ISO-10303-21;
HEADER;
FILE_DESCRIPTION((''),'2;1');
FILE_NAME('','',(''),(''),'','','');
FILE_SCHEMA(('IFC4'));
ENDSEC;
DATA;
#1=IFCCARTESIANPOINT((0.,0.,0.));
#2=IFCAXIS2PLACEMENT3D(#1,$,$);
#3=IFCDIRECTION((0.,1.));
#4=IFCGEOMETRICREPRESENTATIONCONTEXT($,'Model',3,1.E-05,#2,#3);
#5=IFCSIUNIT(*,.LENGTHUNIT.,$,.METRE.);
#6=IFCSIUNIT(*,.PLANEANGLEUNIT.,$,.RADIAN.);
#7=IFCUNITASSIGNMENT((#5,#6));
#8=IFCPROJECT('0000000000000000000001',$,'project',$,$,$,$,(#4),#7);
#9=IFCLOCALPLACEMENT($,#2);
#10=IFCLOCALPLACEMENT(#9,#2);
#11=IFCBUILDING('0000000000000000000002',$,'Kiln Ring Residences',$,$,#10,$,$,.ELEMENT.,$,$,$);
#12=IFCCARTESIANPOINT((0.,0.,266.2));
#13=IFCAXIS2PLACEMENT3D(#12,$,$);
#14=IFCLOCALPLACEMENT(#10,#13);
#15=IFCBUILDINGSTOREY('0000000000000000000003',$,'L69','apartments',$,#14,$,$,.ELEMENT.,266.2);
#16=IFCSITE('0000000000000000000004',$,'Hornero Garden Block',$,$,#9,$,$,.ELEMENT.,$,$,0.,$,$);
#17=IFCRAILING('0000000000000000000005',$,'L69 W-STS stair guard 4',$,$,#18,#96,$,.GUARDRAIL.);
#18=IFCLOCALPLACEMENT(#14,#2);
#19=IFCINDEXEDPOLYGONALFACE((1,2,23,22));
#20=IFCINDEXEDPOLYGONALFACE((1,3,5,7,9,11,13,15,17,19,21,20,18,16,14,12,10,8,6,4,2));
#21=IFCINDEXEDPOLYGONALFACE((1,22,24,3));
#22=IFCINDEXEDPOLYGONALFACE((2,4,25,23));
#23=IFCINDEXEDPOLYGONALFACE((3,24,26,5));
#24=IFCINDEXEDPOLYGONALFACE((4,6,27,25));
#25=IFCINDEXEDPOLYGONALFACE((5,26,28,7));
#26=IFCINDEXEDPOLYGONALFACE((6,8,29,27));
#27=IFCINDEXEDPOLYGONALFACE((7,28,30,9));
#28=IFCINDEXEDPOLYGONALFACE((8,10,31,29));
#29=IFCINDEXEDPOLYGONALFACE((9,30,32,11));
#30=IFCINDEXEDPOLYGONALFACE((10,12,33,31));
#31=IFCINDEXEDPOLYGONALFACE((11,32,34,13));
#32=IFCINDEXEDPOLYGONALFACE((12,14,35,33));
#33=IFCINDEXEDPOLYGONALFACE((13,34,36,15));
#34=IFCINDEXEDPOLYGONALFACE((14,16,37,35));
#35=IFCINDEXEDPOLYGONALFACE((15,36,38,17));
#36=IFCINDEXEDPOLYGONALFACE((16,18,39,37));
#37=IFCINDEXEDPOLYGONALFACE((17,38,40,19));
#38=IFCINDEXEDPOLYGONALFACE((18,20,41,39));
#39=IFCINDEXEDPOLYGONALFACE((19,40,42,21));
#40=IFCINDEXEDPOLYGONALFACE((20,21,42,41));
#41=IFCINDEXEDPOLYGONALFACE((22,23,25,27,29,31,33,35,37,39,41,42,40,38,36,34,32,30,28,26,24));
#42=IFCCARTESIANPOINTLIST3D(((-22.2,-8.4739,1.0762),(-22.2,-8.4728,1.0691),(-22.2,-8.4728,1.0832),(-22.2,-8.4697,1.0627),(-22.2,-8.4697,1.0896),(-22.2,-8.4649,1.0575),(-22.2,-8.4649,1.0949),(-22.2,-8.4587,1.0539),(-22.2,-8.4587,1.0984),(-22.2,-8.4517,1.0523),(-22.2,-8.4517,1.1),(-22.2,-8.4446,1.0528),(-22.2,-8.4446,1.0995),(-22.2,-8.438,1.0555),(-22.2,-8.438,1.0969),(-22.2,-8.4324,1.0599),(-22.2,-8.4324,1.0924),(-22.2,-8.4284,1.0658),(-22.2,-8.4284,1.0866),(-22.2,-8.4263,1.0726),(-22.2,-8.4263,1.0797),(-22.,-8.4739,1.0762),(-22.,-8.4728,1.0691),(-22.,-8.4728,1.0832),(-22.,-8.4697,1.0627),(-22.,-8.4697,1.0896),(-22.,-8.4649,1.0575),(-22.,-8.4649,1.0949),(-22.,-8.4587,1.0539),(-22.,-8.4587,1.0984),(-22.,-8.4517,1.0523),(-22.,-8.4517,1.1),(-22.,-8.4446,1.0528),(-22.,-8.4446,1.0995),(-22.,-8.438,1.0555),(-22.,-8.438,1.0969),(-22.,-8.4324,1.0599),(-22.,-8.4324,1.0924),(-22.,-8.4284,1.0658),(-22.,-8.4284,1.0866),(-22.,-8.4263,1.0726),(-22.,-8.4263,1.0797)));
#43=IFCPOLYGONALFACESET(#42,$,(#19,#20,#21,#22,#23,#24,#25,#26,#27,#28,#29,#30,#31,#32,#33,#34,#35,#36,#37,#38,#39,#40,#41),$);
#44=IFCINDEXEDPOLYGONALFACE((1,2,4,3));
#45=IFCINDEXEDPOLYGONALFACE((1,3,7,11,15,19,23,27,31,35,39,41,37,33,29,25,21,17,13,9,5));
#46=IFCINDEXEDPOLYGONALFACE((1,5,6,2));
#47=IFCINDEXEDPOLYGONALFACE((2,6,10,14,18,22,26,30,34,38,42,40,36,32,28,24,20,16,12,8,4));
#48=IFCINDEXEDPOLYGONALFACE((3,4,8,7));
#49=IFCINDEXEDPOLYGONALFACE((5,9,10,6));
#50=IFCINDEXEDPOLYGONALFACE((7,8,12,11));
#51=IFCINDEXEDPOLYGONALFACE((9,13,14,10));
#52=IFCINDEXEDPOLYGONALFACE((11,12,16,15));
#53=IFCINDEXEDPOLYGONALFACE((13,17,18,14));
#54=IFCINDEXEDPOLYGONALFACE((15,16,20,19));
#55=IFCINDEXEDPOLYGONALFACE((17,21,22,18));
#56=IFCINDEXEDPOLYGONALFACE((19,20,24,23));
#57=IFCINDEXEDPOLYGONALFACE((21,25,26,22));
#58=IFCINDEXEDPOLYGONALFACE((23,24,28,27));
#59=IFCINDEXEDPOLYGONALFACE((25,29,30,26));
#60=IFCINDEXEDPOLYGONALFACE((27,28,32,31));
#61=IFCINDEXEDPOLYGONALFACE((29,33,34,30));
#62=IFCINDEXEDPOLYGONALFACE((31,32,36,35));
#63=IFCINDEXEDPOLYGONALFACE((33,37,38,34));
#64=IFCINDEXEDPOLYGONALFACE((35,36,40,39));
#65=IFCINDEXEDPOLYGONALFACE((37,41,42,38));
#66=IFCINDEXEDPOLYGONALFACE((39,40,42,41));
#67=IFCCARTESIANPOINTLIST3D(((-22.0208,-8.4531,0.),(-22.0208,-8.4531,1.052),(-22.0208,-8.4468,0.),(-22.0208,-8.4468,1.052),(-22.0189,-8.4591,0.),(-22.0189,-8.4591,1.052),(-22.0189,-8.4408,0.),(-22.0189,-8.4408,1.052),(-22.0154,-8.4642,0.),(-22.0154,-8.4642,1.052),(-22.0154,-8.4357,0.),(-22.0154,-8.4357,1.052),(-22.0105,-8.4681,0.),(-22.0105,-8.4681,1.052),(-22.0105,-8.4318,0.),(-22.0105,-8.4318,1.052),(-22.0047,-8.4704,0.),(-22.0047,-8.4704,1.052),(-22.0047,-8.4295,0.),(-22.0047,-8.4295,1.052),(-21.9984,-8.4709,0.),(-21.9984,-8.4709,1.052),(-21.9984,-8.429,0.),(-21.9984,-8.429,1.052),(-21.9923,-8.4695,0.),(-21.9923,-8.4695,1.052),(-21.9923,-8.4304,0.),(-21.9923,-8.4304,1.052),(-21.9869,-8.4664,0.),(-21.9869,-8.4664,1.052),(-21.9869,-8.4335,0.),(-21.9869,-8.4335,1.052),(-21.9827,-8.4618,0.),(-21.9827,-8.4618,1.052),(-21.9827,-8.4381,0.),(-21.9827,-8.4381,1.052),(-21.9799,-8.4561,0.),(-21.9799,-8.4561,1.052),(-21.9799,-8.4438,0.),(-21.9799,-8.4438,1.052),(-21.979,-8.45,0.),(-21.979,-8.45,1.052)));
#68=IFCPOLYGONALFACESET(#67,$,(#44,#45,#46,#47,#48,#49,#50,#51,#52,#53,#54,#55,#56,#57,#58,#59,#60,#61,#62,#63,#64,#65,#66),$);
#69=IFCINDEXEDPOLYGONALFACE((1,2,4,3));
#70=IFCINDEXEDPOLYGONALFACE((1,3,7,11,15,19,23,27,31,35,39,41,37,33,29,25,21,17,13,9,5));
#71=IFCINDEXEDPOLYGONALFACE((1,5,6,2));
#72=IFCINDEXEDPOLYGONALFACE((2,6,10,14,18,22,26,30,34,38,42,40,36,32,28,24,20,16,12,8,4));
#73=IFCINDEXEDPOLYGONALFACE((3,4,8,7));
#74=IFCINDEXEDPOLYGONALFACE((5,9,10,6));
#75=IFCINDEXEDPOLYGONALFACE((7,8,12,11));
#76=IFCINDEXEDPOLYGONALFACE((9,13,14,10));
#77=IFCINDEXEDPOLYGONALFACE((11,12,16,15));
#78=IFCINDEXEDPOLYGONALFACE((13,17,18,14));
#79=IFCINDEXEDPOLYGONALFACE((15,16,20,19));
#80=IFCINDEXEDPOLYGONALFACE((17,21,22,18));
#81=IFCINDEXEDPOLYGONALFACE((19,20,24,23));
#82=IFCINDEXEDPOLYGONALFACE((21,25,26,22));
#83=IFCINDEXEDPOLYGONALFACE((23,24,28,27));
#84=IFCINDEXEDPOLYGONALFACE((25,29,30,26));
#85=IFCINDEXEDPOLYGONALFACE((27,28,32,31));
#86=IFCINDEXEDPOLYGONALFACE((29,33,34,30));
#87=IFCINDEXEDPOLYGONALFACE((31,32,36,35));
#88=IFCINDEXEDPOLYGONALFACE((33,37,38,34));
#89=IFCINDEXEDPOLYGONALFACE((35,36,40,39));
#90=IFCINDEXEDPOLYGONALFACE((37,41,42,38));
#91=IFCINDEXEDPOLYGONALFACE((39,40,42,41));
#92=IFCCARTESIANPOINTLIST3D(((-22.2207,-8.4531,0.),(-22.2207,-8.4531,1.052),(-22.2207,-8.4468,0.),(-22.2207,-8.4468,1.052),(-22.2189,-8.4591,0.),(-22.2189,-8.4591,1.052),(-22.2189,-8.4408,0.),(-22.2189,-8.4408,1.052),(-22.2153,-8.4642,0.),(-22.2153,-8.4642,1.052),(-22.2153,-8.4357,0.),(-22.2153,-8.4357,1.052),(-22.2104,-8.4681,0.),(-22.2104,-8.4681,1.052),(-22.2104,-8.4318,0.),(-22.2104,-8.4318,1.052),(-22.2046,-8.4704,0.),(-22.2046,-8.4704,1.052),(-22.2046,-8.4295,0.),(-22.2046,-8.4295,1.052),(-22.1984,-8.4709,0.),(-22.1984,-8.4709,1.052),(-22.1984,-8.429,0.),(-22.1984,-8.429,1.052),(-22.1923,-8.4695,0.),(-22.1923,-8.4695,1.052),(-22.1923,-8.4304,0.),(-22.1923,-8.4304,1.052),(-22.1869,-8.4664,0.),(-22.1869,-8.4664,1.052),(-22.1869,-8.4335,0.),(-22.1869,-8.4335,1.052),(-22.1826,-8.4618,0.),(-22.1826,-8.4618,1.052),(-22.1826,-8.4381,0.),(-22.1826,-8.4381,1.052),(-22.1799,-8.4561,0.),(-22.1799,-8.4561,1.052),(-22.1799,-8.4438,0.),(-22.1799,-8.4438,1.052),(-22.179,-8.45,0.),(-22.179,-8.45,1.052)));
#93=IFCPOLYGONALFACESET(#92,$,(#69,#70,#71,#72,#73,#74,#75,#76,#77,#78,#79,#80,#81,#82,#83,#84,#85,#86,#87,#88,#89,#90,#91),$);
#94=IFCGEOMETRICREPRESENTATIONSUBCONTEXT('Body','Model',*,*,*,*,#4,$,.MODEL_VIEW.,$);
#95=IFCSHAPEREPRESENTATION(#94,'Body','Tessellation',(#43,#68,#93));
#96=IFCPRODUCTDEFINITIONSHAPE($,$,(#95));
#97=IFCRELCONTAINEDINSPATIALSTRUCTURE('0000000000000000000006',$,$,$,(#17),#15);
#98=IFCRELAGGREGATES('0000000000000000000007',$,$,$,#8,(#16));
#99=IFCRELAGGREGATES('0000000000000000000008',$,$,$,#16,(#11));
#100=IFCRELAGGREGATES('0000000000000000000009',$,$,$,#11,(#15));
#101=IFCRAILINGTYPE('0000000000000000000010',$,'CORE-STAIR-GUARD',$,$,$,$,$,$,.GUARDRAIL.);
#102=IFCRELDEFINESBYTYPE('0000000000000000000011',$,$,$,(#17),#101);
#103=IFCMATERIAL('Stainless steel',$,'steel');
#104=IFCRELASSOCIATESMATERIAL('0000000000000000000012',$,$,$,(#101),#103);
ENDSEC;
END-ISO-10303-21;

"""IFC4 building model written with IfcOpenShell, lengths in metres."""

from ifc_helpers import new_model, si_unit, direction, frame, origin, origin_2d, place, context, subcontext, project, spatial, circle, extrude, material, type_object, element, save


model = new_model("IFC4")

# Units and contexts
model_context = context("Model", 3, precision=1e-05, world=origin(), true_north=direction((0.0, 1.0)))
body_context = subcontext(model_context, "Body", "Model", "MODEL_VIEW")
ifc_project = project(units=[si_unit("LENGTHUNIT", "METRE"), si_unit("PLANEANGLEUNIT", "RADIAN")], contexts=[model_context])

# Site, building, storey
site_placement = place(None, origin())
site = spatial("IfcSite", under=ifc_project, at=site_placement, Name="Hornero Garden Block", CompositionType="ELEMENT", RefElevation=0.0)
building_placement = place(site_placement, origin())
building = spatial("IfcBuilding", under=site, at=building_placement, Name="Kiln Ring Residences", CompositionType="ELEMENT")
storey_placement = place(building_placement, frame((0.0, 0.0, 266.2)))
storey = spatial("IfcBuildingStorey", under=building, at=storey_placement, Name="L69", Description="apartments", CompositionType="ELEMENT", Elevation=266.2)

# Railing
ifc_material_1 = material(Name="Stainless steel", Category="steel")
railing_type_1 = type_object("IfcRailingType", Name="CORE-STAIR-GUARD", PredefinedType="GUARDRAIL", material=ifc_material_1)
railing_1_placement = place(storey_placement, frame((-22.0, -8.45, 0.0)))
element("IfcRailing", 1, at=railing_1_placement, inside=storey, type_object=railing_type_1, Name="L69 W-STS stair guard 4", PredefinedType="GUARDRAIL", context=body_context, shape_type="SweptSolid", body=[
    extrude(circle(Radius=0.0239, at=origin_2d()), frame((0.0, 0.0, 1.0762), z_axis=(-1.0, 0.0, 0.0), x_axis=(0.0, -1.0, 0.0)), (0.0, 0.0, 1.0), 0.2),
    extrude(circle(Radius=0.021, at=origin_2d()), origin(), (0.0, 0.0, 1.0), 1.052),
    extrude(circle(Radius=0.021, at=origin_2d()), frame((-0.2, 0.0, 0.0)), (0.0, 0.0, 1.0), 1.052),
])

save(model, "model.ifc")
